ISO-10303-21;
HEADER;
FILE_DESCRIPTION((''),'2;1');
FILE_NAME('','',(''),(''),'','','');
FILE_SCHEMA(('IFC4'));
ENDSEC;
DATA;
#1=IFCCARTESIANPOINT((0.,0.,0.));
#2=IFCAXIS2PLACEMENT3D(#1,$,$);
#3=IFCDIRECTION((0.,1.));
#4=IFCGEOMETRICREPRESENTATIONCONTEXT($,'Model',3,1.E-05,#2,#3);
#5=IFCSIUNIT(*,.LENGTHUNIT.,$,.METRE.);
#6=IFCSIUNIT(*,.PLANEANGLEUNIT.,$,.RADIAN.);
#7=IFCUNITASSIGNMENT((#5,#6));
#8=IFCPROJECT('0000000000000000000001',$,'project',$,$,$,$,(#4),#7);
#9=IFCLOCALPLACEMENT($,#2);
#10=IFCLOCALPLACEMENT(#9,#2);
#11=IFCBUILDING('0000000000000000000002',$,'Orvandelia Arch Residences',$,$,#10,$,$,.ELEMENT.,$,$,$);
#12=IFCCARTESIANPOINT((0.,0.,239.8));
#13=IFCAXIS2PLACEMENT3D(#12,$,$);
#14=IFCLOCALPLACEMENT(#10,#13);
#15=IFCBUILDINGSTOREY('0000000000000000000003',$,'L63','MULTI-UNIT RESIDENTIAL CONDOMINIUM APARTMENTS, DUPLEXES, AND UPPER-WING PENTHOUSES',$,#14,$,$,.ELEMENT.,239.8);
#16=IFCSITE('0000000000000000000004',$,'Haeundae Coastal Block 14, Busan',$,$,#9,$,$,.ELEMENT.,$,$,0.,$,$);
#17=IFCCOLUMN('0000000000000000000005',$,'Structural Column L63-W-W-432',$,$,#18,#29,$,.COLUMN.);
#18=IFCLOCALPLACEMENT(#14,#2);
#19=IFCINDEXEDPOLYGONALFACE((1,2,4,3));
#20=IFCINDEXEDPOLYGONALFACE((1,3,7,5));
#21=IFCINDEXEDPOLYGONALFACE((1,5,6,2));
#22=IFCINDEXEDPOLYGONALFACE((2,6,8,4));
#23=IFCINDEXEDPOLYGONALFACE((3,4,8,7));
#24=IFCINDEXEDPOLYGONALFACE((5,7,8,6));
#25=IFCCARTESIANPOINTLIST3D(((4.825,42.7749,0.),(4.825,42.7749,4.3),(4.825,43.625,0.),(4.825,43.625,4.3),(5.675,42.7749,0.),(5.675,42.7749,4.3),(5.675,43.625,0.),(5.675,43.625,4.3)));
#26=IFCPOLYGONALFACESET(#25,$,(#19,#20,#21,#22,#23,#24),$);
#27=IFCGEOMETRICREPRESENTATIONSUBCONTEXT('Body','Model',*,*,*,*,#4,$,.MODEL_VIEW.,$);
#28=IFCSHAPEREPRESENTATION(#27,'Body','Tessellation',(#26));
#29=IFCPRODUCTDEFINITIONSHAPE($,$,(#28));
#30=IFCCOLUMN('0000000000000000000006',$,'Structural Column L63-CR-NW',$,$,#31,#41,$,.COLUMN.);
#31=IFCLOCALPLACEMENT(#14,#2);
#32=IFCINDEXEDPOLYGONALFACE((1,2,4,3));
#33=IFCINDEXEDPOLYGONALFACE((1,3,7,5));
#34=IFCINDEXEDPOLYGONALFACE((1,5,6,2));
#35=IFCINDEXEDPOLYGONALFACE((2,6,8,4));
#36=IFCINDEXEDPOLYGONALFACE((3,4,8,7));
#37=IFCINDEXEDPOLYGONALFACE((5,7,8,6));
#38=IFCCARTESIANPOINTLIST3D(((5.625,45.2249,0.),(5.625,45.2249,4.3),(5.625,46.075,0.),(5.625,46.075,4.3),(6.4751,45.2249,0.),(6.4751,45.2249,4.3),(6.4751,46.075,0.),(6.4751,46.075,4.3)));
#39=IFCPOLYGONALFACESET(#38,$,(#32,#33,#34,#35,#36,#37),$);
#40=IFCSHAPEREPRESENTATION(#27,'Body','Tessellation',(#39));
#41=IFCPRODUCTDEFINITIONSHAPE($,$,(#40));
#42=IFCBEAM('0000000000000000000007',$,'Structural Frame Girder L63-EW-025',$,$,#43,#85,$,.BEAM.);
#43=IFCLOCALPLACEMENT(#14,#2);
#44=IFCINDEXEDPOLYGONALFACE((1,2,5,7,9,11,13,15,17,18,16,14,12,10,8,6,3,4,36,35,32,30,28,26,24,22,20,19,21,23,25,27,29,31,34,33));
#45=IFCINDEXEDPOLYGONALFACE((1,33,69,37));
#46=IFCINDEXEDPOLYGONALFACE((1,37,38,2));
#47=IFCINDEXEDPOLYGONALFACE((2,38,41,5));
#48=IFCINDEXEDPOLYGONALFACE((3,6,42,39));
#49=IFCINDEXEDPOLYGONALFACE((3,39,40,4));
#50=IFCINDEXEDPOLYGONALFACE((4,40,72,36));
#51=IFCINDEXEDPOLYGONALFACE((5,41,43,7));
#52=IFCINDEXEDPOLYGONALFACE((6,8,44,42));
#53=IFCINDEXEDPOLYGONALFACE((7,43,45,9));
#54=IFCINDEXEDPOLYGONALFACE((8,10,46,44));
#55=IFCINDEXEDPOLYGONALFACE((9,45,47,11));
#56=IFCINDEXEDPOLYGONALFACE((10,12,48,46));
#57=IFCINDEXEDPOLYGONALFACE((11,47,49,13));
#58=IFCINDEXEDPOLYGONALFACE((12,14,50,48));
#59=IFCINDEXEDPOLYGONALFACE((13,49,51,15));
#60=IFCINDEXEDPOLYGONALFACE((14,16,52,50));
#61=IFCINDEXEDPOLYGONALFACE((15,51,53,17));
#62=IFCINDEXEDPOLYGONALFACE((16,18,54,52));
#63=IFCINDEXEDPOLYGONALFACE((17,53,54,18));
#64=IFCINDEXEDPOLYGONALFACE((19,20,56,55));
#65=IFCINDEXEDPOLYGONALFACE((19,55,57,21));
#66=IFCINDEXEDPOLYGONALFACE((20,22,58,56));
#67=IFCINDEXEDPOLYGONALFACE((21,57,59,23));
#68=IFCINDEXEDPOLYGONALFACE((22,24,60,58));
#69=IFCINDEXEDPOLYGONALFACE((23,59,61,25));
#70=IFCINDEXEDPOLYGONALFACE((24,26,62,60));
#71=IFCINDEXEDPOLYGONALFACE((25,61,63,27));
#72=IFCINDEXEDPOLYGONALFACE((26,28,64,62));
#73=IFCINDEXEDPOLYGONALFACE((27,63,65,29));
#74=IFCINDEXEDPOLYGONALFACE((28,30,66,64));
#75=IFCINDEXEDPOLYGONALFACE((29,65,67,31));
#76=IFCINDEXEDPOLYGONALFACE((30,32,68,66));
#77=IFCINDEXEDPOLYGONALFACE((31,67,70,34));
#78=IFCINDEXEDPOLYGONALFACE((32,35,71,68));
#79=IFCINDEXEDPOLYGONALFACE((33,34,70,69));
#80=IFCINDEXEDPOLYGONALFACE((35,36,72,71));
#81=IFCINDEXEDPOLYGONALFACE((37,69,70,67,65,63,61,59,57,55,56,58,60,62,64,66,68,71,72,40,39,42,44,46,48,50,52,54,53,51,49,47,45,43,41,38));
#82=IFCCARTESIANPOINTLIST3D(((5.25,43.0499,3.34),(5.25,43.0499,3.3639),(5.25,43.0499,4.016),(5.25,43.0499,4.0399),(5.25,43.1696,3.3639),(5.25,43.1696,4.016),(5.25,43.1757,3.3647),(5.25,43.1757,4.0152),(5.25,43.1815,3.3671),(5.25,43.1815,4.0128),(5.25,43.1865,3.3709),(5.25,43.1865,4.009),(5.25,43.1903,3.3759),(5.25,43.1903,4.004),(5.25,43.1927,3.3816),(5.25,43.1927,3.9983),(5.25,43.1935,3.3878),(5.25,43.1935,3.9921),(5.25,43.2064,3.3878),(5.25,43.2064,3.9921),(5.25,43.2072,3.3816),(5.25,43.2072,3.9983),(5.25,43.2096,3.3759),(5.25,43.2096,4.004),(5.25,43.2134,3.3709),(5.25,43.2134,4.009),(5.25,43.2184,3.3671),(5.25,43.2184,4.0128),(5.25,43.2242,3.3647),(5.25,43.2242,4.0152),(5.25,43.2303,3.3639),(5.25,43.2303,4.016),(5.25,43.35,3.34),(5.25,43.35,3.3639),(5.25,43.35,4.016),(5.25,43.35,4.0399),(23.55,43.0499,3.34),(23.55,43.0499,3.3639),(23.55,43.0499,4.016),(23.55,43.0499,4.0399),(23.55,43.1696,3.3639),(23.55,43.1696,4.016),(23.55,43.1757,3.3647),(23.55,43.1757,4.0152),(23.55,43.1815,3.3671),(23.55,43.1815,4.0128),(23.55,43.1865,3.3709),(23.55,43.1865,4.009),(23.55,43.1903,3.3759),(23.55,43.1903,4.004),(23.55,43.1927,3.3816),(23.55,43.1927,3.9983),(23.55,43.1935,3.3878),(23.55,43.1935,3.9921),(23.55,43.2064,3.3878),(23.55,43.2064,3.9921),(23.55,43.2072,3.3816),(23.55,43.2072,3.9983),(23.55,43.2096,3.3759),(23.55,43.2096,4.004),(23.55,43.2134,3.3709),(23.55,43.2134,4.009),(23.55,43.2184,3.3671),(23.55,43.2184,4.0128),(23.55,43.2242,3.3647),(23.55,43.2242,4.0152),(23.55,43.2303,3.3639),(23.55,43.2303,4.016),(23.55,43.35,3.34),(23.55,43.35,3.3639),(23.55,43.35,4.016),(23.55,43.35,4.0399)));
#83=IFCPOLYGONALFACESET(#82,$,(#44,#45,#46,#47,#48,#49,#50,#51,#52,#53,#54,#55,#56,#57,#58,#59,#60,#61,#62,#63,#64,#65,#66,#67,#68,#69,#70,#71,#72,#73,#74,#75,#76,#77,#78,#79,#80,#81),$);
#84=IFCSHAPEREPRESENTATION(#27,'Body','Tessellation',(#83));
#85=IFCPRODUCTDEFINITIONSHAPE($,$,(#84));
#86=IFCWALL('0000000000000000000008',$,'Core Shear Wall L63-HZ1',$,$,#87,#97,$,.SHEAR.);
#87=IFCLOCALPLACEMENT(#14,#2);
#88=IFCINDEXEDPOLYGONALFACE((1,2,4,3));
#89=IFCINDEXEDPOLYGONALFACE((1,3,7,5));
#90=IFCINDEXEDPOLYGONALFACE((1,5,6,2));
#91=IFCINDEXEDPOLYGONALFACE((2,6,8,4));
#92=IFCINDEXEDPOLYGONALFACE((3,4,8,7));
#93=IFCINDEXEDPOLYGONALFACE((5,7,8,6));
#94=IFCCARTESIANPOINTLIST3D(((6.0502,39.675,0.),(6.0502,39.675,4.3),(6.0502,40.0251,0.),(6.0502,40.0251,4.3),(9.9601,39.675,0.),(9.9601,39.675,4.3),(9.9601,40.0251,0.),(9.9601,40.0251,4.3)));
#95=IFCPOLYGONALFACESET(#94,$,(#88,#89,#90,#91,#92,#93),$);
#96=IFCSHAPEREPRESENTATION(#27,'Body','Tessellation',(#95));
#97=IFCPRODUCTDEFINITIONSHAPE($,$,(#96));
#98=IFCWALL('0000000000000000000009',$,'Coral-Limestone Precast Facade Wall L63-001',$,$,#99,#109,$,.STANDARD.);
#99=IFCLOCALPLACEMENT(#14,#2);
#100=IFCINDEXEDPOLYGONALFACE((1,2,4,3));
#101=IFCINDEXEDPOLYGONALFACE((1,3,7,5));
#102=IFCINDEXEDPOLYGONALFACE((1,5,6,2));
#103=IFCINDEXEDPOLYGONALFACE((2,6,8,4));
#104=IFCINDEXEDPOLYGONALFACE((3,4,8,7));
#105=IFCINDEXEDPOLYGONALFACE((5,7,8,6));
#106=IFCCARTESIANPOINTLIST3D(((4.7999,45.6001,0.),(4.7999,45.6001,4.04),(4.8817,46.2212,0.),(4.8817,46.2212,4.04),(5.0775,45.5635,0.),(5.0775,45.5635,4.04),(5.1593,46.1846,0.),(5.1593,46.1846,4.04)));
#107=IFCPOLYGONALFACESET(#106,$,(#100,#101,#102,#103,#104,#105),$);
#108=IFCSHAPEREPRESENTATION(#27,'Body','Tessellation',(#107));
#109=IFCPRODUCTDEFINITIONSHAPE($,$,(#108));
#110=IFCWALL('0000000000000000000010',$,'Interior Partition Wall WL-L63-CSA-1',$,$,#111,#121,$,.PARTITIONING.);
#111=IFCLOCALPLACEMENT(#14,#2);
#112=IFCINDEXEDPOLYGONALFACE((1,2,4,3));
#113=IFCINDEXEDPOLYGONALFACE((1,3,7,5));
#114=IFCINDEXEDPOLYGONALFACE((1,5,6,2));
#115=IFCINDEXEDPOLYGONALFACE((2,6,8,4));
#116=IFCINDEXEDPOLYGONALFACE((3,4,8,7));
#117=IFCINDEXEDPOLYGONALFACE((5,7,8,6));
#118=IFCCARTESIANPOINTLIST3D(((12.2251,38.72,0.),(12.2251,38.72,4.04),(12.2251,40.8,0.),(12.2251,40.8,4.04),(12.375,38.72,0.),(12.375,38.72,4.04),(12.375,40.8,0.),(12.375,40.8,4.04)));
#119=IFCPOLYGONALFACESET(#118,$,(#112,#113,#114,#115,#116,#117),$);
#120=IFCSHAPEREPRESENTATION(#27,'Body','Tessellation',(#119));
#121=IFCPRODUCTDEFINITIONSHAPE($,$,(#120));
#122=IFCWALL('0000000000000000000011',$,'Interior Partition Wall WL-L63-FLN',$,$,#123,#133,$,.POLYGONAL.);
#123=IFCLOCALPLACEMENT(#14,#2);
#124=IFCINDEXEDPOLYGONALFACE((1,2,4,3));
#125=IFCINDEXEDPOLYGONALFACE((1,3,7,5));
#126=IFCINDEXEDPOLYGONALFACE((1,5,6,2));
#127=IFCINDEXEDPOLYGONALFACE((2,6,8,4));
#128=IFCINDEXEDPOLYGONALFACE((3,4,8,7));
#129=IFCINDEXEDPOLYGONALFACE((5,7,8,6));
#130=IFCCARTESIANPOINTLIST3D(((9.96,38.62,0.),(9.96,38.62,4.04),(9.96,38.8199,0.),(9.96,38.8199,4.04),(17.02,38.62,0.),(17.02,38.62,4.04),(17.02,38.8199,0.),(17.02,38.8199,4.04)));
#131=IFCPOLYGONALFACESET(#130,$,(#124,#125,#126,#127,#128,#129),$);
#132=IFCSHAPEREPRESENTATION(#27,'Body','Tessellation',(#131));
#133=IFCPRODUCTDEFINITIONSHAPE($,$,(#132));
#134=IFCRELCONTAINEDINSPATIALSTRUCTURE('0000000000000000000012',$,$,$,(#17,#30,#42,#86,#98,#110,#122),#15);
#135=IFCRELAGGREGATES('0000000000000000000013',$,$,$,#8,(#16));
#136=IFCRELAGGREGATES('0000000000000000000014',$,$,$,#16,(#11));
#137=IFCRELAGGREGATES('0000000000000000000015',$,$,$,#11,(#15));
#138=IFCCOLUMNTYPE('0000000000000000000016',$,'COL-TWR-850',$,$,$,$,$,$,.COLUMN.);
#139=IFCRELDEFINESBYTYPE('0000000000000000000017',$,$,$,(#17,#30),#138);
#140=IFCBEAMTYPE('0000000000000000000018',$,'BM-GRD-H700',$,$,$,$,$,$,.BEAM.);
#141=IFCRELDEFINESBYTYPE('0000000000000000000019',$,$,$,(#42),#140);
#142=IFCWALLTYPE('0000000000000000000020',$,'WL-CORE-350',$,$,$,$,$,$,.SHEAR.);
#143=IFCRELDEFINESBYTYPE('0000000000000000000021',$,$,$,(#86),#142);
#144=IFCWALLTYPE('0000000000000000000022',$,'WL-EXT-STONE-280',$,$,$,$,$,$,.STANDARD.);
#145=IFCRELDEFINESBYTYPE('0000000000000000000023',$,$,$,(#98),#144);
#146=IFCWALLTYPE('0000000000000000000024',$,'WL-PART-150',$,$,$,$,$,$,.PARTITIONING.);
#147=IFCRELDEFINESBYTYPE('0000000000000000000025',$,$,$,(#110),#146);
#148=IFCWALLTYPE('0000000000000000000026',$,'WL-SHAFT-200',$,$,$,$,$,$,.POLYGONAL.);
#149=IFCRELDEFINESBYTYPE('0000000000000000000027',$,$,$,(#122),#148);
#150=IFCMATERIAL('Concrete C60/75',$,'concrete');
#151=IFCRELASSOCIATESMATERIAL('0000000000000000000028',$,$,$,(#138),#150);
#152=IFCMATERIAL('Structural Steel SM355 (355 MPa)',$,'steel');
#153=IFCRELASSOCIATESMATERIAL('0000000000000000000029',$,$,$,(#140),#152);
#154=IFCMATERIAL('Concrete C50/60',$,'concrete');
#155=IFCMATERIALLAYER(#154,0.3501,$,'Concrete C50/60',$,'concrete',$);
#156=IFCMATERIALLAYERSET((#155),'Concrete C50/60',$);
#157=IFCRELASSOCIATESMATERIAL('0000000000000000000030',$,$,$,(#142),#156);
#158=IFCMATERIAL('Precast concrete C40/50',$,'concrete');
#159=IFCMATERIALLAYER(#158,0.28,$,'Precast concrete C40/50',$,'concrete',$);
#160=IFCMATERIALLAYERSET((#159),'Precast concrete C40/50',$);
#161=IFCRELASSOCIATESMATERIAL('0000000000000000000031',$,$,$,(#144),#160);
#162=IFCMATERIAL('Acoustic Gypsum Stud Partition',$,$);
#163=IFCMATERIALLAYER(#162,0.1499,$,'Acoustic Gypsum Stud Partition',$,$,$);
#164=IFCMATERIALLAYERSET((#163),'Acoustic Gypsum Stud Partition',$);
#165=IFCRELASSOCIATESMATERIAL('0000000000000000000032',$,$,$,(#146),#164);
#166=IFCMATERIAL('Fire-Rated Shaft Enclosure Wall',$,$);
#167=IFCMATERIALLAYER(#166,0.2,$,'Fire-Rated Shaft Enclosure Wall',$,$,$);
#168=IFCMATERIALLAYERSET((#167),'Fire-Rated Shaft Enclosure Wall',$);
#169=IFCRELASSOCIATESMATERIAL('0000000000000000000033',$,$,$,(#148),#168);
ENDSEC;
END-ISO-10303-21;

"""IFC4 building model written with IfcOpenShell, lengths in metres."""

from ifc_helpers import new_model, si_unit, direction, frame, frame_2d, origin, origin_2d, place, context, subcontext, project, spatial, rectangle, i_section, extrude, material, layer, layer_set, material_profile, profile_set, type_object, element, save


model = new_model("IFC4")

# Units and contexts
model_context = context("Model", 3, precision=1e-05, world=origin(), true_north=direction((0.0, 1.0)))
body_context = subcontext(model_context, "Body", "Model", "MODEL_VIEW")
ifc_project = project(units=[si_unit("LENGTHUNIT", "METRE"), si_unit("PLANEANGLEUNIT", "RADIAN")], contexts=[model_context])

# Site, building, storey
site_placement = place(None, origin())
site = spatial("IfcSite", under=ifc_project, at=site_placement, Name="Haeundae Coastal Block 14, Busan", CompositionType="ELEMENT", RefElevation=0.0)
building_placement = place(site_placement, origin())
building = spatial("IfcBuilding", under=site, at=building_placement, Name="Orvandelia Arch Residences", CompositionType="ELEMENT")
storey_placement = place(building_placement, frame((0.0, 0.0, 239.8)))
storey = spatial("IfcBuildingStorey", under=building, at=storey_placement, Name="L63", Description="MULTI-UNIT RESIDENTIAL CONDOMINIUM APARTMENTS, DUPLEXES, AND UPPER-WING PENTHOUSES", CompositionType="ELEMENT", Elevation=239.8)

# Columns
ifc_material_1 = material(Name="Concrete C60/75", Category="concrete")
ifc_material_profile_1 = material_profile(ifc_material_1, rectangle(XDim=0.8501, YDim=0.8501, at=origin_2d()), Name="Concrete C60/75", Category="concrete")
ifc_profile_set_1 = profile_set([ifc_material_profile_1], Name="Concrete C60/75")
column_type = type_object("IfcColumnType", Name="COL-TWR-850", PredefinedType="COLUMN", material=ifc_profile_set_1)
for number, where, z_axis, x_axis, name in (
    (1, (5.25, 43.2, 0.0), (0.0, 0.0, 1.0), (1.0, 0.0, 0.0), "Structural Column L63-W-W-432"),
    (2, (6.05, 45.6499, 0.0), (0.0, 0.0, 1.0), (1.0, 0.0, 0.0), "Structural Column L63-CR-NW"),
):
    element("IfcColumn", number, at=place(storey_placement, frame(where, z_axis=z_axis, x_axis=x_axis)), inside=storey, type_object=column_type, Name=name, PredefinedType="COLUMN", context=body_context, shape_type="SweptSolid", body=[
        extrude(rectangle(XDim=0.8501, YDim=0.8501, at=origin_2d()), origin(), (0.0, 0.0, 1.0), 4.3),
    ])

# Beam
ifc_material_2 = material(Name="Structural Steel SM355 (355 MPa)", Category="steel")
ifc_material_profile_2 = material_profile(ifc_material_2, i_section(OverallWidth=0.3, OverallDepth=0.7, WebThickness=0.0129, FlangeThickness=0.0239, FilletRadius=0.0239, at=origin_2d()), Name="Structural Steel SM355 (355 MPa)", Category="steel")
ifc_profile_set_2 = profile_set([ifc_material_profile_2], Name="Structural Steel SM355 (355 MPa)")
beam_type = type_object("IfcBeamType", Name="BM-GRD-H700", PredefinedType="BEAM", material=ifc_profile_set_2)
beam_placement = place(storey_placement, frame((5.25, 43.2, 3.6899), z_axis=(1.0, 0.0, 0.0), x_axis=(0.0, 1.0, 0.0)))
element("IfcBeam", 3, at=beam_placement, inside=storey, type_object=beam_type, Name="Structural Frame Girder L63-EW-025", PredefinedType="BEAM", context=body_context, shape_type="SweptSolid", body=[
    extrude(i_section(OverallWidth=0.3, OverallDepth=0.7, WebThickness=0.0129, FlangeThickness=0.0239, FilletRadius=0.0239, at=origin_2d()), origin(), (0.0, 0.0, 1.0), 18.3),
])

# Wall
ifc_material_3 = material(Name="Concrete C50/60", Category="concrete")
ifc_layer_1 = layer(ifc_material_3, 0.3501, Name="Concrete C50/60", Category="concrete")
ifc_layer_set_1 = layer_set([ifc_layer_1], Name="Concrete C50/60")
wall_type_1 = type_object("IfcWallType", Name="WL-CORE-350", PredefinedType="SHEAR", material=ifc_layer_set_1)
wall_1_placement = place(storey_placement, frame((6.05, 39.8501, 0.0), z_axis=(0.0, 0.0, 1.0), x_axis=(1.0, 0.0, 0.0)))
element("IfcWall", 4, at=wall_1_placement, inside=storey, type_object=wall_type_1, Name="Core Shear Wall L63-HZ1", PredefinedType="SHEAR", context=body_context, shape_type="SweptSolid", body=[
    extrude(rectangle(XDim=3.9099, YDim=0.3501, at=frame_2d((1.9551, 0.0))), origin(), (0.0, 0.0, 1.0), 4.3),
])

# Walls
ifc_material_4 = material(Name="Precast concrete C40/50", Category="concrete")
ifc_layer_2 = layer(ifc_material_4, 0.28, Name="Precast concrete C40/50", Category="concrete")
ifc_layer_set_2 = layer_set([ifc_layer_2], Name="Precast concrete C40/50")
wall_type_2 = type_object("IfcWallType", Name="WL-EXT-STONE-280", PredefinedType="STANDARD", material=ifc_layer_set_2)
wall_2_placement = place(storey_placement, frame((4.9387, 45.5818, 0.0), z_axis=(0.0, 0.0, 1.0), x_axis=(0.130555, 0.991441, 0.0)))
element("IfcWall", 5, at=wall_2_placement, inside=storey, type_object=wall_type_2, Name="Coral-Limestone Precast Facade Wall L63-001", PredefinedType="STANDARD", context=body_context, shape_type="SweptSolid", body=[
    extrude(rectangle(XDim=0.6265, YDim=0.28, at=frame_2d((0.3132, 0.0))), origin(), (0.0, 0.0, 1.0), 4.04),
])
ifc_material_5 = material(Name="Acoustic Gypsum Stud Partition")
ifc_layer_3 = layer(ifc_material_5, 0.1499, Name="Acoustic Gypsum Stud Partition")
ifc_layer_set_3 = layer_set([ifc_layer_3], Name="Acoustic Gypsum Stud Partition")
wall_type_3 = type_object("IfcWallType", Name="WL-PART-150", PredefinedType="PARTITIONING", material=ifc_layer_set_3)
wall_3_placement = place(storey_placement, frame((12.3, 38.72, 0.0), z_axis=(0.0, 0.0, 1.0), x_axis=(0.0, 1.0, 0.0)))
element("IfcWall", 6, at=wall_3_placement, inside=storey, type_object=wall_type_3, Name="Interior Partition Wall WL-L63-CSA-1", PredefinedType="PARTITIONING", context=body_context, shape_type="SweptSolid", body=[
    extrude(rectangle(XDim=2.0801, YDim=0.1499, at=frame_2d((1.04, 0.0))), origin(), (0.0, 0.0, 1.0), 4.04),
])
ifc_material_6 = material(Name="Fire-Rated Shaft Enclosure Wall")
ifc_layer_4 = layer(ifc_material_6, 0.2, Name="Fire-Rated Shaft Enclosure Wall")
ifc_layer_set_4 = layer_set([ifc_layer_4], Name="Fire-Rated Shaft Enclosure Wall")
wall_type_4 = type_object("IfcWallType", Name="WL-SHAFT-200", PredefinedType="POLYGONAL", material=ifc_layer_set_4)
wall_4_placement = place(storey_placement, frame((9.96, 38.72, 0.0), z_axis=(0.0, 0.0, 1.0), x_axis=(1.0, 0.0, 0.0)))
element("IfcWall", 7, at=wall_4_placement, inside=storey, type_object=wall_type_4, Name="Interior Partition Wall WL-L63-FLN", PredefinedType="POLYGONAL", context=body_context, shape_type="SweptSolid", body=[
    extrude(rectangle(XDim=7.0601, YDim=0.2, at=frame_2d((3.53, 0.0))), origin(), (0.0, 0.0, 1.0), 4.04),
])

save(model, "model.ifc")
